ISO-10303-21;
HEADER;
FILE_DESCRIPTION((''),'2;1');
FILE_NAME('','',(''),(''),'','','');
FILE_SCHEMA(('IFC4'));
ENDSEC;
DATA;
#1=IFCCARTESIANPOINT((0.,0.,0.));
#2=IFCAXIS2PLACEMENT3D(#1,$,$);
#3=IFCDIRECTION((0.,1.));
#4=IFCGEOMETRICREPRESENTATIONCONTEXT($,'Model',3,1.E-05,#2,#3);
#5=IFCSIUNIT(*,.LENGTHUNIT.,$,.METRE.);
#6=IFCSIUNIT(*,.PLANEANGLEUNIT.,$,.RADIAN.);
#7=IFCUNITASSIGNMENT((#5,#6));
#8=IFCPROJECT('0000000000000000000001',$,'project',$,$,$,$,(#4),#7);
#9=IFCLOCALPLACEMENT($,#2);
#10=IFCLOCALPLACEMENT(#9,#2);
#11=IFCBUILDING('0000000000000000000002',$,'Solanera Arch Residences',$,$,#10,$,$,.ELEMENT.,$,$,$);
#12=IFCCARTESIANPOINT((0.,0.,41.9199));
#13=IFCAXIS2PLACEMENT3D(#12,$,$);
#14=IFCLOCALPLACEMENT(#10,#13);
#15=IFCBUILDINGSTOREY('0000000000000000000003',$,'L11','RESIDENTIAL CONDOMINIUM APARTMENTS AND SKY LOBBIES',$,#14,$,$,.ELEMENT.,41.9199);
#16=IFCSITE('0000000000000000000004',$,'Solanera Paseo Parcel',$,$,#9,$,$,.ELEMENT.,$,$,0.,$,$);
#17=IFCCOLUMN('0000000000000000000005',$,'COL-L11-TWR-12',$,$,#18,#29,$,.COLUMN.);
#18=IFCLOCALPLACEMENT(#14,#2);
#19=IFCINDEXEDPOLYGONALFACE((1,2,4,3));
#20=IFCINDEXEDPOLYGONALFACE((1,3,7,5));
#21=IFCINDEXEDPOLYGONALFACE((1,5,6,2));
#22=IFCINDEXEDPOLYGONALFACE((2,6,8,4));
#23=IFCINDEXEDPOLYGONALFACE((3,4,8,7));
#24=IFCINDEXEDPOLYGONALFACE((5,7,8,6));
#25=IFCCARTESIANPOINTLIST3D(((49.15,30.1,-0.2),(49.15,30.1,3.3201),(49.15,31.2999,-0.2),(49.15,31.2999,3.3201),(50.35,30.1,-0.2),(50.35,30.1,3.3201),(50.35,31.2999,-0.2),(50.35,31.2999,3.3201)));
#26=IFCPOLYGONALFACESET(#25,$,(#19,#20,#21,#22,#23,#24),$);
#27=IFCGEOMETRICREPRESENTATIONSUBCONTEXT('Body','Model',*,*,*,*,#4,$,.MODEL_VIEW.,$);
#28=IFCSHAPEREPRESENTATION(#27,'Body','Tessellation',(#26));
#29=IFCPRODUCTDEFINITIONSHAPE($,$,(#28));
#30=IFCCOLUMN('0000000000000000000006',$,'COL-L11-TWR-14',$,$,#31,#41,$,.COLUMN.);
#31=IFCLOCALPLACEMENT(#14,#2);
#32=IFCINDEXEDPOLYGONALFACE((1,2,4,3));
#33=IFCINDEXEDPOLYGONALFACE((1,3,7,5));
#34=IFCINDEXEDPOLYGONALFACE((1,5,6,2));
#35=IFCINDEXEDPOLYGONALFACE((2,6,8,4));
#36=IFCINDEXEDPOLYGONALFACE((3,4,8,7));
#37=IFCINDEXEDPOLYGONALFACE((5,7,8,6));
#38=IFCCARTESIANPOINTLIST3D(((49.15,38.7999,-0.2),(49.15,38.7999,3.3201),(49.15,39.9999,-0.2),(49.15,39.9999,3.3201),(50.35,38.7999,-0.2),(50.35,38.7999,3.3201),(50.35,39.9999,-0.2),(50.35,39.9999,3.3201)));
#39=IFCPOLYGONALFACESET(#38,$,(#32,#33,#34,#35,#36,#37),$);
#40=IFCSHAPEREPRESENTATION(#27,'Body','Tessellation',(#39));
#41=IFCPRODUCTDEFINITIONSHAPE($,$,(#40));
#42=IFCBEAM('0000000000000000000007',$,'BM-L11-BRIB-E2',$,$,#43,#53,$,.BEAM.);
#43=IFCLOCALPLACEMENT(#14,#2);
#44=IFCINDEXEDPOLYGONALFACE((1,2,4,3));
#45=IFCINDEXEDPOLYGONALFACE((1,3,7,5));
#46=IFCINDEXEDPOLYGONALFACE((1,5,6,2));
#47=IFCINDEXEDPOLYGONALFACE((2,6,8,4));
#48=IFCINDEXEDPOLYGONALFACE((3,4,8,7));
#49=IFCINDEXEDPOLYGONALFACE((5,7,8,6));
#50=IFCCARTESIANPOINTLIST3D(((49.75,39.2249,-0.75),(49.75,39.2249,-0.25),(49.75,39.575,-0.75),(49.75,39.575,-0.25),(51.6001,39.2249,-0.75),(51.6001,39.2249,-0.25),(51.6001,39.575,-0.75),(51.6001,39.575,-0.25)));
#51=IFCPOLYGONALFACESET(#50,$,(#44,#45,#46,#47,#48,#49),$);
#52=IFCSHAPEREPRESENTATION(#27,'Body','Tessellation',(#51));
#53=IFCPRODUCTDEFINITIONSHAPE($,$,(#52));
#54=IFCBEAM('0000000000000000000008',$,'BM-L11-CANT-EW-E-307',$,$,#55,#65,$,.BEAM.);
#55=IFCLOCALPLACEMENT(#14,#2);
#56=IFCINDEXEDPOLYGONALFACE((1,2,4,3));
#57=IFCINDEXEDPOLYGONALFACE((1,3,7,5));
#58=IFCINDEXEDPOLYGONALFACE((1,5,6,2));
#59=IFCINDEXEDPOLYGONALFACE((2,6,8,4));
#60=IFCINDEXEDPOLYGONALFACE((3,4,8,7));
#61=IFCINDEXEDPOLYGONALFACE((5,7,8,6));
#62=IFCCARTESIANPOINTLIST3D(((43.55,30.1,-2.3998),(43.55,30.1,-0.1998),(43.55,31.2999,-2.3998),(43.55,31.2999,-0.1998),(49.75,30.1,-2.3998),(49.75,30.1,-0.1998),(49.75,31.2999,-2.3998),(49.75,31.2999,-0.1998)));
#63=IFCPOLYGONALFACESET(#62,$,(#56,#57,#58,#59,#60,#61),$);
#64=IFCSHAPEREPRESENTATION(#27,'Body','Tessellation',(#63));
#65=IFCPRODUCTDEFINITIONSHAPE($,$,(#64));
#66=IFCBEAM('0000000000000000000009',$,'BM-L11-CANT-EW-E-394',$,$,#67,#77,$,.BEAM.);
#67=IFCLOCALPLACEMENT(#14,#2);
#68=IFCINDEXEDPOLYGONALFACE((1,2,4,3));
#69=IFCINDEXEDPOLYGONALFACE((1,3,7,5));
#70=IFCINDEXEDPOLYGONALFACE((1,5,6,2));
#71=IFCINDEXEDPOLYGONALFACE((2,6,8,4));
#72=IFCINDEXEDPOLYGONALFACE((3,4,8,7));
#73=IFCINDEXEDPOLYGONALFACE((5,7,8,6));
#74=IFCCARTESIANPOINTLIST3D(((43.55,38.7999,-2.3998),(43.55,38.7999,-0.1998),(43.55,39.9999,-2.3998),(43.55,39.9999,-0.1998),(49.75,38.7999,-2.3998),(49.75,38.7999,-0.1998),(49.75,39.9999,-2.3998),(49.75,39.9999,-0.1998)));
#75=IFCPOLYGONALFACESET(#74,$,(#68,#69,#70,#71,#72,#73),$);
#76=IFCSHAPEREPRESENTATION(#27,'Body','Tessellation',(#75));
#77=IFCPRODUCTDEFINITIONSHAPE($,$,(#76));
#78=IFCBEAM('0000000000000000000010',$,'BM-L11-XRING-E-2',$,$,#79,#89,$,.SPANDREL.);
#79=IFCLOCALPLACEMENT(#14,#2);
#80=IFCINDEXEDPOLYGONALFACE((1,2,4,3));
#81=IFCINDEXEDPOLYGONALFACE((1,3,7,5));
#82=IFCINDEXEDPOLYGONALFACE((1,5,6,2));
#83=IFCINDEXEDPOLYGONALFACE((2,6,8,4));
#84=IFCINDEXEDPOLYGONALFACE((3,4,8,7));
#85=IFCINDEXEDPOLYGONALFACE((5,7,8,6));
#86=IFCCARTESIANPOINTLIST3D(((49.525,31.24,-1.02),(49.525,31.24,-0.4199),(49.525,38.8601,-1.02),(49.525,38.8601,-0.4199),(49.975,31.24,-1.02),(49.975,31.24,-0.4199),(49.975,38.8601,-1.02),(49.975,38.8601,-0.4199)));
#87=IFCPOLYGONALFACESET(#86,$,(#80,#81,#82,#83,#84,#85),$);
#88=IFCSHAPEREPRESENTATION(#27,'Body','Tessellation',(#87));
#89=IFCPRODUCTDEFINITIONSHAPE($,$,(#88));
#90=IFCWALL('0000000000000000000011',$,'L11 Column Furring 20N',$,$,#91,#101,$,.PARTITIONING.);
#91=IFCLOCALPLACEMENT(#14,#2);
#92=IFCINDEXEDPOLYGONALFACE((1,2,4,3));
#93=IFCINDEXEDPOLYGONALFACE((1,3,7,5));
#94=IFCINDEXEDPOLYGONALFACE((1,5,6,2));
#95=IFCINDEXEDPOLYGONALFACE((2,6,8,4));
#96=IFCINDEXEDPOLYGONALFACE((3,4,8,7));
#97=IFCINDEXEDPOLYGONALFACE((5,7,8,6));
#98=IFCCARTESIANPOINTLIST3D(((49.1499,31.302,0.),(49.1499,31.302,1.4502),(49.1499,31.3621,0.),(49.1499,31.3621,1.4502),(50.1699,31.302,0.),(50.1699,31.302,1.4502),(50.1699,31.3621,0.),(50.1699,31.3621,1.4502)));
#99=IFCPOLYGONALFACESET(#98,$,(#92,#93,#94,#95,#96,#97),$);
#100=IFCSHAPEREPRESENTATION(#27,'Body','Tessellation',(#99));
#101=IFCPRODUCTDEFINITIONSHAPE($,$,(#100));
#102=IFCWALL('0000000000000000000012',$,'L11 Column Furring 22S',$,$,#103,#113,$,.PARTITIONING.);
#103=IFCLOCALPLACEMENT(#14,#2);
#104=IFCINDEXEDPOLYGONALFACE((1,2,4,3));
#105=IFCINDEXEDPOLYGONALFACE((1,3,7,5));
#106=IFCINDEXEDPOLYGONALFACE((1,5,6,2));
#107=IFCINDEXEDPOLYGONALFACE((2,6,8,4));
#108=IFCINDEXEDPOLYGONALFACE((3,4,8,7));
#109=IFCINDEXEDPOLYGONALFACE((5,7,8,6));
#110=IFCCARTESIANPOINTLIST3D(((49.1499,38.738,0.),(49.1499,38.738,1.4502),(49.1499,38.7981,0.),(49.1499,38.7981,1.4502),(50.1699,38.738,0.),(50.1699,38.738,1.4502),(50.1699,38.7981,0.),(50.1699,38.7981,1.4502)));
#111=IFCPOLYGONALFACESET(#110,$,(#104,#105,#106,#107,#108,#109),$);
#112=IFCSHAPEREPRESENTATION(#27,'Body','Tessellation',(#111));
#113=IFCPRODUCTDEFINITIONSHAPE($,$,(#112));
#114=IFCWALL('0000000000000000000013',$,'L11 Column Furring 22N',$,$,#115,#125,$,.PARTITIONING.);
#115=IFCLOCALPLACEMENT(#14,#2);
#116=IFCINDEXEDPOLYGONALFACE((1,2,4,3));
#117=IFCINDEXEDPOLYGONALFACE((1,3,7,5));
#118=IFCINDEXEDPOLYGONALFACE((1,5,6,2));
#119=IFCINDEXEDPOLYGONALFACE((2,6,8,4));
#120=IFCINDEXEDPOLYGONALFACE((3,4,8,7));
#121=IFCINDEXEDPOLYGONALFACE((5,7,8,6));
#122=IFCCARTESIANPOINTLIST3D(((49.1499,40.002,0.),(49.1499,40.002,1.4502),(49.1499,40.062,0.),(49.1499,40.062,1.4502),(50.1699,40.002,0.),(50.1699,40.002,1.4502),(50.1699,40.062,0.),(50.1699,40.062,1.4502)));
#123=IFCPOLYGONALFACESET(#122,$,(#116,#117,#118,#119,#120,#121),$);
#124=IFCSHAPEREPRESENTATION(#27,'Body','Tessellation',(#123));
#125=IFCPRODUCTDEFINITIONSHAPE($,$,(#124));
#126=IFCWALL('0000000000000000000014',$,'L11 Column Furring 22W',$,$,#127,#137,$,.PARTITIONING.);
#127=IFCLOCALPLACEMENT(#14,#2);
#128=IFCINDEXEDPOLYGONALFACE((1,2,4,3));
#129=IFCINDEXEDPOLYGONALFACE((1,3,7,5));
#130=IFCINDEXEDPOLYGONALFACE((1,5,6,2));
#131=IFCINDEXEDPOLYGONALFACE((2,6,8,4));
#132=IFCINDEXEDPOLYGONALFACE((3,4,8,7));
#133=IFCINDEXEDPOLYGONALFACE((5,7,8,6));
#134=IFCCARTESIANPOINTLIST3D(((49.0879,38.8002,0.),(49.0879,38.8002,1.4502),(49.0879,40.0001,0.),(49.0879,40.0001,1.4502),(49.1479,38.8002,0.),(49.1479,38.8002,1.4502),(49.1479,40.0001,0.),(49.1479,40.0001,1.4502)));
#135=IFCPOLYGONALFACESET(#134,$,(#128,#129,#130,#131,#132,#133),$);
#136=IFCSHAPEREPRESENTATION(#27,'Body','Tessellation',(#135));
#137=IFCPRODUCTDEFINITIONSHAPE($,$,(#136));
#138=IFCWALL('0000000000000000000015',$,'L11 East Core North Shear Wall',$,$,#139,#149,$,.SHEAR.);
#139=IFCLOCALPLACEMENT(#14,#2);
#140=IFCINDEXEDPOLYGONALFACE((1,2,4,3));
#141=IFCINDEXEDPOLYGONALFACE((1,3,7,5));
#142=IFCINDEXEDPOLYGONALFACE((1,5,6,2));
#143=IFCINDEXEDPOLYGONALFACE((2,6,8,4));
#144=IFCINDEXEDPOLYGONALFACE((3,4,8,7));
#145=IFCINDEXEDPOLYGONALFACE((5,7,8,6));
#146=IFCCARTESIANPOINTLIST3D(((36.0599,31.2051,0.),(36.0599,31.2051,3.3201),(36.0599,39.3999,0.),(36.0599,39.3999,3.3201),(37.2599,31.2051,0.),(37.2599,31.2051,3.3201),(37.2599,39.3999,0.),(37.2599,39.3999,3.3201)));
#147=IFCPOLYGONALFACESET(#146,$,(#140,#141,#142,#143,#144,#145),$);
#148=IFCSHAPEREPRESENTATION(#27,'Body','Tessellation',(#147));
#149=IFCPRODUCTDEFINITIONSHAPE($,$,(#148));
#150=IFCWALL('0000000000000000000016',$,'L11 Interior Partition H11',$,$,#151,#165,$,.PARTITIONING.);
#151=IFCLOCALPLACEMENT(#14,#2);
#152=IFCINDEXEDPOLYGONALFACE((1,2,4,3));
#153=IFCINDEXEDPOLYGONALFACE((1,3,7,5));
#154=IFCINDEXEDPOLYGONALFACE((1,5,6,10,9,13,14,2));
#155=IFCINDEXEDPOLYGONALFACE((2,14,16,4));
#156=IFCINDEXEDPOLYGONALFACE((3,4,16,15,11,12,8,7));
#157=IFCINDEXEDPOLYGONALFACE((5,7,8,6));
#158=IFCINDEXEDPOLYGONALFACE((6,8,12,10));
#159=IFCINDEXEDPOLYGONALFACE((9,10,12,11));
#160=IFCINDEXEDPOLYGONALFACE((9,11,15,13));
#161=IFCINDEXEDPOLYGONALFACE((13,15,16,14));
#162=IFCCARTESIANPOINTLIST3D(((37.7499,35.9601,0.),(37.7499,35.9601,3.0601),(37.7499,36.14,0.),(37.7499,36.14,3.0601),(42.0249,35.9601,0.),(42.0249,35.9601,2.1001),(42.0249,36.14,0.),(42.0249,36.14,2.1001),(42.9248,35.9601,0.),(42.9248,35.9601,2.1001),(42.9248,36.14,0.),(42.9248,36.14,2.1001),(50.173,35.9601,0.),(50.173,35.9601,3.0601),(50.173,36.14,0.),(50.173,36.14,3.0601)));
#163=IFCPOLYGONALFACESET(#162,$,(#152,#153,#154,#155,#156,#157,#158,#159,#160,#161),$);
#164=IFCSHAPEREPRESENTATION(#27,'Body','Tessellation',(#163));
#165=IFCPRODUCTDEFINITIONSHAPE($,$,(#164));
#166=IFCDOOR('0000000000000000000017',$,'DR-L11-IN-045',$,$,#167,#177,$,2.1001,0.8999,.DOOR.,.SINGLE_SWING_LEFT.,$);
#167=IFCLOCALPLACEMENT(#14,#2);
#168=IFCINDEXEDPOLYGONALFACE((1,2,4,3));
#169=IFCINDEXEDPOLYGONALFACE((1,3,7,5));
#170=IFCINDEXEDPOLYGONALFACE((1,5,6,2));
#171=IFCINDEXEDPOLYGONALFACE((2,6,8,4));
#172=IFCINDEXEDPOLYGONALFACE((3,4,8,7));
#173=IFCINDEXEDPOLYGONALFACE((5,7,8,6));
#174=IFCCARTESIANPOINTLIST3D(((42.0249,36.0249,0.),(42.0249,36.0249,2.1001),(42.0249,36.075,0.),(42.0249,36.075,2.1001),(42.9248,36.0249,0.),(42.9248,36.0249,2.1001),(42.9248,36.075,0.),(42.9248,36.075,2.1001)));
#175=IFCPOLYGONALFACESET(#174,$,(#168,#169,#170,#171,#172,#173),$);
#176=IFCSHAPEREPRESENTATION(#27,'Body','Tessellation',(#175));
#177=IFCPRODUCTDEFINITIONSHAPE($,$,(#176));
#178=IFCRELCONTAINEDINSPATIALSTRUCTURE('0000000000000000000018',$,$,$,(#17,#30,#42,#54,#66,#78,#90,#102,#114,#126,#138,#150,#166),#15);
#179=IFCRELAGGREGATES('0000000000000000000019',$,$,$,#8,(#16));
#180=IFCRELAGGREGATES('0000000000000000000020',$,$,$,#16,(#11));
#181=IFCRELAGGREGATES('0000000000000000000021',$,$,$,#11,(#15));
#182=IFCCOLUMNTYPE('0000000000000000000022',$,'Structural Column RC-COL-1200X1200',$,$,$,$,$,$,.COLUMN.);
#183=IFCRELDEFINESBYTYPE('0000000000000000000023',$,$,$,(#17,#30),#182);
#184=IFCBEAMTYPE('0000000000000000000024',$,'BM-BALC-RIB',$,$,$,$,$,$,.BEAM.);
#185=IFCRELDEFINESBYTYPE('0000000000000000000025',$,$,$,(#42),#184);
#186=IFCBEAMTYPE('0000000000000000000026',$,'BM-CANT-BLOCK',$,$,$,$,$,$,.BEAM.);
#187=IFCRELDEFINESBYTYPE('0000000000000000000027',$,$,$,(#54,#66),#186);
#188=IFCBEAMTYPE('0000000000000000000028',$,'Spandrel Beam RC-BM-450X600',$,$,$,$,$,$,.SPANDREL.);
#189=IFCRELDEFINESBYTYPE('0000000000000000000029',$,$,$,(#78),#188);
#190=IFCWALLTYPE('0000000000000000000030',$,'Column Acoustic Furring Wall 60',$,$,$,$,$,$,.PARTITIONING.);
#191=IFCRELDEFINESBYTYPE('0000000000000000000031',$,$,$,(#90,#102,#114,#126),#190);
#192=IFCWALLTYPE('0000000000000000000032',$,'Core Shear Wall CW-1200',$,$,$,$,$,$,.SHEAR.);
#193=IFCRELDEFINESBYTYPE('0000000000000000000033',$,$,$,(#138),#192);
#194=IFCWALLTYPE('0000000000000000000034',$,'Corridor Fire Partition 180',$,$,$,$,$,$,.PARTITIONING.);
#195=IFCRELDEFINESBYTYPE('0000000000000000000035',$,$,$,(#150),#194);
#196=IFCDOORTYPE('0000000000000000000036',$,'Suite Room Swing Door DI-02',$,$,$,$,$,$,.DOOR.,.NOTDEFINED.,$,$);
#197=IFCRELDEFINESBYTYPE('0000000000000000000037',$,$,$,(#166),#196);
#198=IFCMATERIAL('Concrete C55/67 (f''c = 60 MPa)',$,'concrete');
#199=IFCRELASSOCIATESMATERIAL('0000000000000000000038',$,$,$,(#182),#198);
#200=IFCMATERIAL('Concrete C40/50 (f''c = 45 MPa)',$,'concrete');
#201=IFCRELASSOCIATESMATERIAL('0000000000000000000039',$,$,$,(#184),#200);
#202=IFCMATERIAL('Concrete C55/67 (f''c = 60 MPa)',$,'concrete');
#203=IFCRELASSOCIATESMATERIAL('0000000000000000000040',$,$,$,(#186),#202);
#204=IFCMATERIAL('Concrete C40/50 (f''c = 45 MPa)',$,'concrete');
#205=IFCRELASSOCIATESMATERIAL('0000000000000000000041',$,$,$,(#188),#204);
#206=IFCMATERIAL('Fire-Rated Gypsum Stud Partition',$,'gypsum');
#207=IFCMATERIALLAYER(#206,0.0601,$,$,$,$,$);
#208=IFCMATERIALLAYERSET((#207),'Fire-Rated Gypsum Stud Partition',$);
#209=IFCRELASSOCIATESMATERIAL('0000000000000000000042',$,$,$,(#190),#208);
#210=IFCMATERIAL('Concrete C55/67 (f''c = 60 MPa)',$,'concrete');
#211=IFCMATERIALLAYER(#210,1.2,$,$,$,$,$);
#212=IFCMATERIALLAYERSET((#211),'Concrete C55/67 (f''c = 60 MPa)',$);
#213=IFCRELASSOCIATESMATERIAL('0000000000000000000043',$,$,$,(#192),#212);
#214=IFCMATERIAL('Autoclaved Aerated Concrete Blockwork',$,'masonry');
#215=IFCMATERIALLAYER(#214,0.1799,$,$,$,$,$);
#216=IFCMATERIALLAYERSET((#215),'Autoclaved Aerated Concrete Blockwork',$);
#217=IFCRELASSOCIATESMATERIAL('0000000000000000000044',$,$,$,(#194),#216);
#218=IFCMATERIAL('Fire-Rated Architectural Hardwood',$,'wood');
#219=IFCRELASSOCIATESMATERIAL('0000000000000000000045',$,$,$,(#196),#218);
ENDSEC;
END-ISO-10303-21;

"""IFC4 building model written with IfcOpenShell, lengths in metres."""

from ifc_helpers import new_model, si_unit, direction, frame, frame_2d, origin, origin_2d, place, context, subcontext, project, spatial, rectangle, extrude, material, layer, layer_set, material_profile, profile_set, type_object, element, fill, save


model = new_model("IFC4")

# Units and contexts
model_context = context("Model", 3, precision=1e-05, world=origin(), true_north=direction((0.0, 1.0)))
body_context = subcontext(model_context, "Body", "Model", "MODEL_VIEW")
ifc_project = project(units=[si_unit("LENGTHUNIT", "METRE"), si_unit("PLANEANGLEUNIT", "RADIAN")], contexts=[model_context])

# Site, building, storey
site_placement = place(None, origin())
site = spatial("IfcSite", under=ifc_project, at=site_placement, Name="Solanera Paseo Parcel", CompositionType="ELEMENT", RefElevation=0.0)
building_placement = place(site_placement, origin())
building = spatial("IfcBuilding", under=site, at=building_placement, Name="Solanera Arch Residences", CompositionType="ELEMENT")
storey_placement = place(building_placement, frame((0.0, 0.0, 41.9199)))
storey = spatial("IfcBuildingStorey", under=building, at=storey_placement, Name="L11", Description="RESIDENTIAL CONDOMINIUM APARTMENTS AND SKY LOBBIES", CompositionType="ELEMENT", Elevation=41.9199)

# Columns
ifc_material_1 = material(Name="Concrete C55/67 (f'c = 60 MPa)", Category="concrete")
ifc_material_profile_1 = material_profile(ifc_material_1, rectangle(XDim=1.2, YDim=1.2, at=origin_2d()))
ifc_profile_set_1 = profile_set([ifc_material_profile_1], Name="Concrete C55/67 (f'c = 60 MPa)")
column_type = type_object("IfcColumnType", Name="Structural Column RC-COL-1200X1200", PredefinedType="COLUMN", material=ifc_profile_set_1)
for number, where, z_axis, x_axis, name in (
    (1, (49.75, 30.7, -0.2), (0.0, 0.0, 1.0), (1.0, 0.0, 0.0), "COL-L11-TWR-12"),
    (2, (49.75, 39.3999, -0.2), (0.0, 0.0, 1.0), (1.0, 0.0, 0.0), "COL-L11-TWR-14"),
):
    element("IfcColumn", number, at=place(storey_placement, frame(where, z_axis=z_axis, x_axis=x_axis)), inside=storey, type_object=column_type, Name=name, PredefinedType="COLUMN", context=body_context, shape_type="SweptSolid", body=[
        extrude(rectangle(XDim=1.2, YDim=1.2, at=origin_2d()), origin(), (0.0, 0.0, 1.0), 3.52),
    ])

# Beams
ifc_material_2 = material(Name="Concrete C40/50 (f'c = 45 MPa)", Category="concrete")
ifc_material_profile_2 = material_profile(ifc_material_2, rectangle(XDim=0.3501, YDim=0.5, at=origin_2d()))
ifc_profile_set_2 = profile_set([ifc_material_profile_2], Name="Concrete C40/50 (f'c = 45 MPa)")
beam_type_1 = type_object("IfcBeamType", Name="BM-BALC-RIB", PredefinedType="BEAM", material=ifc_profile_set_2)
beam_1_placement = place(storey_placement, frame((49.75, 39.3999, -0.5), z_axis=(1.0, 0.0, 0.0), x_axis=(0.0, 1.0, 0.0)))
element("IfcBeam", 3, at=beam_1_placement, inside=storey, type_object=beam_type_1, Name="BM-L11-BRIB-E2", PredefinedType="BEAM", context=body_context, shape_type="SweptSolid", body=[
    extrude(rectangle(XDim=0.3501, YDim=0.5, at=origin_2d()), origin(), (0.0, 0.0, 1.0), 1.8501),
])
ifc_material_3 = material(Name="Concrete C55/67 (f'c = 60 MPa)", Category="concrete")
ifc_material_profile_3 = material_profile(ifc_material_3, rectangle(XDim=1.2, YDim=2.2, at=origin_2d()))
ifc_profile_set_3 = profile_set([ifc_material_profile_3], Name="Concrete C55/67 (f'c = 60 MPa)")
beam_type_2 = type_object("IfcBeamType", Name="BM-CANT-BLOCK", PredefinedType="BEAM", material=ifc_profile_set_3)
for number, where, z_axis, x_axis, name in (
    (4, (43.55, 30.7, -1.2998), (1.0, 0.0, 0.0), (0.0, 1.0, 0.0), "BM-L11-CANT-EW-E-307"),
    (5, (43.55, 39.3999, -1.2998), (1.0, 0.0, 0.0), (0.0, 1.0, 0.0), "BM-L11-CANT-EW-E-394"),
):
    element("IfcBeam", number, at=place(storey_placement, frame(where, z_axis=z_axis, x_axis=x_axis)), inside=storey, type_object=beam_type_2, Name=name, PredefinedType="BEAM", context=body_context, shape_type="SweptSolid", body=[
        extrude(rectangle(XDim=1.2, YDim=2.2, at=origin_2d()), origin(), (0.0, 0.0, 1.0), 6.2),
    ])
ifc_material_4 = material(Name="Concrete C40/50 (f'c = 45 MPa)", Category="concrete")
ifc_material_profile_4 = material_profile(ifc_material_4, rectangle(XDim=0.45, YDim=0.6001, at=origin_2d()))
ifc_profile_set_4 = profile_set([ifc_material_profile_4], Name="Concrete C40/50 (f'c = 45 MPa)")
beam_type_3 = type_object("IfcBeamType", Name="Spandrel Beam RC-BM-450X600", PredefinedType="SPANDREL", material=ifc_profile_set_4)
beam_2_placement = place(storey_placement, frame((49.75, 31.24, -0.72), z_axis=(0.0, 1.0, 0.0), x_axis=(-1.0, 0.0, 0.0)))
element("IfcBeam", 6, at=beam_2_placement, inside=storey, type_object=beam_type_3, Name="BM-L11-XRING-E-2", PredefinedType="SPANDREL", context=body_context, shape_type="SweptSolid", body=[
    extrude(rectangle(XDim=0.45, YDim=0.6001, at=origin_2d()), origin(), (0.0, 0.0, 1.0), 7.6201),
])

# Walls
ifc_material_5 = material(Name="Fire-Rated Gypsum Stud Partition", Category="gypsum")
ifc_layer_1 = layer(ifc_material_5, 0.0601)
ifc_layer_set_1 = layer_set([ifc_layer_1], Name="Fire-Rated Gypsum Stud Partition")
wall_type_1 = type_object("IfcWallType", Name="Column Acoustic Furring Wall 60", PredefinedType="PARTITIONING", material=ifc_layer_set_1)
for number, where, z_axis, x_axis, name in (
    (7, (49.1499, 31.332, 0.0), (0.0, 0.0, 1.0), (1.0, 0.0, 0.0), "L11 Column Furring 20N"),
    (8, (49.1499, 38.7681, 0.0), (0.0, 0.0, 1.0), (1.0, 0.0, 0.0), "L11 Column Furring 22S"),
    (9, (49.1499, 40.032, 0.0), (0.0, 0.0, 1.0), (1.0, 0.0, 0.0), "L11 Column Furring 22N"),
):
    element("IfcWall", number, at=place(storey_placement, frame(where, z_axis=z_axis, x_axis=x_axis)), inside=storey, type_object=wall_type_1, Name=name, PredefinedType="PARTITIONING", context=body_context, shape_type="SweptSolid", body=[
        extrude(rectangle(XDim=1.02, YDim=0.0601, at=frame_2d((0.51, 0.0))), origin(), (0.0, 0.0, 1.0), 1.4502),
    ])
wall_1_placement = place(storey_placement, frame((49.1179, 38.8, 0.0), z_axis=(0.0, 0.0, 1.0), x_axis=(0.0, 1.0, 0.0)))
element("IfcWall", 10, at=wall_1_placement, inside=storey, type_object=wall_type_1, Name="L11 Column Furring 22W", PredefinedType="PARTITIONING", context=body_context, shape_type="SweptSolid", body=[
    extrude(rectangle(XDim=1.2, YDim=0.0601, at=frame_2d((0.6001, 0.0))), origin(), (0.0, 0.0, 1.0), 1.4502),
])
ifc_material_6 = material(Name="Concrete C55/67 (f'c = 60 MPa)", Category="concrete")
ifc_layer_2 = layer(ifc_material_6, 1.2)
ifc_layer_set_2 = layer_set([ifc_layer_2], Name="Concrete C55/67 (f'c = 60 MPa)")
wall_type_2 = type_object("IfcWallType", Name="Core Shear Wall CW-1200", PredefinedType="SHEAR", material=ifc_layer_set_2)
wall_2_placement = place(storey_placement, frame((36.6599, 31.2051, 0.0), z_axis=(0.0, 0.0, 1.0), x_axis=(0.0, 1.0, 0.0)))
element("IfcWall", 11, at=wall_2_placement, inside=storey, type_object=wall_type_2, Name="L11 East Core North Shear Wall", PredefinedType="SHEAR", context=body_context, shape_type="SweptSolid", body=[
    extrude(rectangle(XDim=8.1948, YDim=1.2, at=frame_2d((4.0974, 0.0))), origin(), (0.0, 0.0, 1.0), 3.3201),
])

# Wall, opening, door
ifc_material_7 = material(Name="Autoclaved Aerated Concrete Blockwork", Category="masonry")
ifc_layer_3 = layer(ifc_material_7, 0.1799)
ifc_layer_set_3 = layer_set([ifc_layer_3], Name="Autoclaved Aerated Concrete Blockwork")
wall_type_3 = type_object("IfcWallType", Name="Corridor Fire Partition 180", PredefinedType="PARTITIONING", material=ifc_layer_set_3)
wall_3_placement = place(storey_placement, frame((37.75, 36.05, 0.0), z_axis=(0.0, 0.0, 1.0), x_axis=(1.0, 0.0, 0.0)))
wall_3 = element("IfcWall", 12, at=wall_3_placement, inside=storey, type_object=wall_type_3, Name="L11 Interior Partition H11", PredefinedType="PARTITIONING", context=body_context, shape_type="SweptSolid", body=[
    extrude(rectangle(XDim=12.4231, YDim=0.1799, at=frame_2d((6.2114, 0.0))), origin(), (0.0, 0.0, 1.0), 3.0601),
])
opening_1_placement = place(wall_3_placement, frame((4.2749, 0.0, 0.0)))
opening_1 = element("IfcOpeningElement", 13, at=opening_1_placement, cuts=wall_3, PredefinedType="OPENING", context=body_context, shape_type="SweptSolid", body=[
    extrude(rectangle(XDim=0.8999, YDim=2.1001, at=frame_2d((0.45, 1.05))), frame((0.0, 0.1001, 0.0), z_axis=(0.0, -1.0, 0.0), x_axis=(1.0, 0.0, 0.0)), (0.0, 0.0, 1.0), 0.1999),
])
ifc_material_8 = material(Name="Fire-Rated Architectural Hardwood", Category="wood")
door_type_1 = type_object("IfcDoorType", Name="Suite Room Swing Door DI-02", OperationType="NOTDEFINED", PredefinedType="DOOR", material=ifc_material_8)
door_1_placement = place(opening_1_placement, origin())
door_1 = element("IfcDoor", 14, at=door_1_placement, inside=storey, type_object=door_type_1, Name="DR-L11-IN-045", OperationType="SINGLE_SWING_LEFT", OverallHeight=2.1001, OverallWidth=0.8999, PredefinedType="DOOR", context=body_context, shape_type="SweptSolid", body=[
    extrude(rectangle(XDim=0.8999, YDim=2.1001, at=frame_2d((0.45, 1.05))), frame((0.0, 0.0249, 0.0), z_axis=(0.0, -1.0, 0.0), x_axis=(1.0, 0.0, 0.0)), (0.0, 0.0, 1.0), 0.05),
])
fill(opening_1, door_1)

save(model, "model.ifc")
